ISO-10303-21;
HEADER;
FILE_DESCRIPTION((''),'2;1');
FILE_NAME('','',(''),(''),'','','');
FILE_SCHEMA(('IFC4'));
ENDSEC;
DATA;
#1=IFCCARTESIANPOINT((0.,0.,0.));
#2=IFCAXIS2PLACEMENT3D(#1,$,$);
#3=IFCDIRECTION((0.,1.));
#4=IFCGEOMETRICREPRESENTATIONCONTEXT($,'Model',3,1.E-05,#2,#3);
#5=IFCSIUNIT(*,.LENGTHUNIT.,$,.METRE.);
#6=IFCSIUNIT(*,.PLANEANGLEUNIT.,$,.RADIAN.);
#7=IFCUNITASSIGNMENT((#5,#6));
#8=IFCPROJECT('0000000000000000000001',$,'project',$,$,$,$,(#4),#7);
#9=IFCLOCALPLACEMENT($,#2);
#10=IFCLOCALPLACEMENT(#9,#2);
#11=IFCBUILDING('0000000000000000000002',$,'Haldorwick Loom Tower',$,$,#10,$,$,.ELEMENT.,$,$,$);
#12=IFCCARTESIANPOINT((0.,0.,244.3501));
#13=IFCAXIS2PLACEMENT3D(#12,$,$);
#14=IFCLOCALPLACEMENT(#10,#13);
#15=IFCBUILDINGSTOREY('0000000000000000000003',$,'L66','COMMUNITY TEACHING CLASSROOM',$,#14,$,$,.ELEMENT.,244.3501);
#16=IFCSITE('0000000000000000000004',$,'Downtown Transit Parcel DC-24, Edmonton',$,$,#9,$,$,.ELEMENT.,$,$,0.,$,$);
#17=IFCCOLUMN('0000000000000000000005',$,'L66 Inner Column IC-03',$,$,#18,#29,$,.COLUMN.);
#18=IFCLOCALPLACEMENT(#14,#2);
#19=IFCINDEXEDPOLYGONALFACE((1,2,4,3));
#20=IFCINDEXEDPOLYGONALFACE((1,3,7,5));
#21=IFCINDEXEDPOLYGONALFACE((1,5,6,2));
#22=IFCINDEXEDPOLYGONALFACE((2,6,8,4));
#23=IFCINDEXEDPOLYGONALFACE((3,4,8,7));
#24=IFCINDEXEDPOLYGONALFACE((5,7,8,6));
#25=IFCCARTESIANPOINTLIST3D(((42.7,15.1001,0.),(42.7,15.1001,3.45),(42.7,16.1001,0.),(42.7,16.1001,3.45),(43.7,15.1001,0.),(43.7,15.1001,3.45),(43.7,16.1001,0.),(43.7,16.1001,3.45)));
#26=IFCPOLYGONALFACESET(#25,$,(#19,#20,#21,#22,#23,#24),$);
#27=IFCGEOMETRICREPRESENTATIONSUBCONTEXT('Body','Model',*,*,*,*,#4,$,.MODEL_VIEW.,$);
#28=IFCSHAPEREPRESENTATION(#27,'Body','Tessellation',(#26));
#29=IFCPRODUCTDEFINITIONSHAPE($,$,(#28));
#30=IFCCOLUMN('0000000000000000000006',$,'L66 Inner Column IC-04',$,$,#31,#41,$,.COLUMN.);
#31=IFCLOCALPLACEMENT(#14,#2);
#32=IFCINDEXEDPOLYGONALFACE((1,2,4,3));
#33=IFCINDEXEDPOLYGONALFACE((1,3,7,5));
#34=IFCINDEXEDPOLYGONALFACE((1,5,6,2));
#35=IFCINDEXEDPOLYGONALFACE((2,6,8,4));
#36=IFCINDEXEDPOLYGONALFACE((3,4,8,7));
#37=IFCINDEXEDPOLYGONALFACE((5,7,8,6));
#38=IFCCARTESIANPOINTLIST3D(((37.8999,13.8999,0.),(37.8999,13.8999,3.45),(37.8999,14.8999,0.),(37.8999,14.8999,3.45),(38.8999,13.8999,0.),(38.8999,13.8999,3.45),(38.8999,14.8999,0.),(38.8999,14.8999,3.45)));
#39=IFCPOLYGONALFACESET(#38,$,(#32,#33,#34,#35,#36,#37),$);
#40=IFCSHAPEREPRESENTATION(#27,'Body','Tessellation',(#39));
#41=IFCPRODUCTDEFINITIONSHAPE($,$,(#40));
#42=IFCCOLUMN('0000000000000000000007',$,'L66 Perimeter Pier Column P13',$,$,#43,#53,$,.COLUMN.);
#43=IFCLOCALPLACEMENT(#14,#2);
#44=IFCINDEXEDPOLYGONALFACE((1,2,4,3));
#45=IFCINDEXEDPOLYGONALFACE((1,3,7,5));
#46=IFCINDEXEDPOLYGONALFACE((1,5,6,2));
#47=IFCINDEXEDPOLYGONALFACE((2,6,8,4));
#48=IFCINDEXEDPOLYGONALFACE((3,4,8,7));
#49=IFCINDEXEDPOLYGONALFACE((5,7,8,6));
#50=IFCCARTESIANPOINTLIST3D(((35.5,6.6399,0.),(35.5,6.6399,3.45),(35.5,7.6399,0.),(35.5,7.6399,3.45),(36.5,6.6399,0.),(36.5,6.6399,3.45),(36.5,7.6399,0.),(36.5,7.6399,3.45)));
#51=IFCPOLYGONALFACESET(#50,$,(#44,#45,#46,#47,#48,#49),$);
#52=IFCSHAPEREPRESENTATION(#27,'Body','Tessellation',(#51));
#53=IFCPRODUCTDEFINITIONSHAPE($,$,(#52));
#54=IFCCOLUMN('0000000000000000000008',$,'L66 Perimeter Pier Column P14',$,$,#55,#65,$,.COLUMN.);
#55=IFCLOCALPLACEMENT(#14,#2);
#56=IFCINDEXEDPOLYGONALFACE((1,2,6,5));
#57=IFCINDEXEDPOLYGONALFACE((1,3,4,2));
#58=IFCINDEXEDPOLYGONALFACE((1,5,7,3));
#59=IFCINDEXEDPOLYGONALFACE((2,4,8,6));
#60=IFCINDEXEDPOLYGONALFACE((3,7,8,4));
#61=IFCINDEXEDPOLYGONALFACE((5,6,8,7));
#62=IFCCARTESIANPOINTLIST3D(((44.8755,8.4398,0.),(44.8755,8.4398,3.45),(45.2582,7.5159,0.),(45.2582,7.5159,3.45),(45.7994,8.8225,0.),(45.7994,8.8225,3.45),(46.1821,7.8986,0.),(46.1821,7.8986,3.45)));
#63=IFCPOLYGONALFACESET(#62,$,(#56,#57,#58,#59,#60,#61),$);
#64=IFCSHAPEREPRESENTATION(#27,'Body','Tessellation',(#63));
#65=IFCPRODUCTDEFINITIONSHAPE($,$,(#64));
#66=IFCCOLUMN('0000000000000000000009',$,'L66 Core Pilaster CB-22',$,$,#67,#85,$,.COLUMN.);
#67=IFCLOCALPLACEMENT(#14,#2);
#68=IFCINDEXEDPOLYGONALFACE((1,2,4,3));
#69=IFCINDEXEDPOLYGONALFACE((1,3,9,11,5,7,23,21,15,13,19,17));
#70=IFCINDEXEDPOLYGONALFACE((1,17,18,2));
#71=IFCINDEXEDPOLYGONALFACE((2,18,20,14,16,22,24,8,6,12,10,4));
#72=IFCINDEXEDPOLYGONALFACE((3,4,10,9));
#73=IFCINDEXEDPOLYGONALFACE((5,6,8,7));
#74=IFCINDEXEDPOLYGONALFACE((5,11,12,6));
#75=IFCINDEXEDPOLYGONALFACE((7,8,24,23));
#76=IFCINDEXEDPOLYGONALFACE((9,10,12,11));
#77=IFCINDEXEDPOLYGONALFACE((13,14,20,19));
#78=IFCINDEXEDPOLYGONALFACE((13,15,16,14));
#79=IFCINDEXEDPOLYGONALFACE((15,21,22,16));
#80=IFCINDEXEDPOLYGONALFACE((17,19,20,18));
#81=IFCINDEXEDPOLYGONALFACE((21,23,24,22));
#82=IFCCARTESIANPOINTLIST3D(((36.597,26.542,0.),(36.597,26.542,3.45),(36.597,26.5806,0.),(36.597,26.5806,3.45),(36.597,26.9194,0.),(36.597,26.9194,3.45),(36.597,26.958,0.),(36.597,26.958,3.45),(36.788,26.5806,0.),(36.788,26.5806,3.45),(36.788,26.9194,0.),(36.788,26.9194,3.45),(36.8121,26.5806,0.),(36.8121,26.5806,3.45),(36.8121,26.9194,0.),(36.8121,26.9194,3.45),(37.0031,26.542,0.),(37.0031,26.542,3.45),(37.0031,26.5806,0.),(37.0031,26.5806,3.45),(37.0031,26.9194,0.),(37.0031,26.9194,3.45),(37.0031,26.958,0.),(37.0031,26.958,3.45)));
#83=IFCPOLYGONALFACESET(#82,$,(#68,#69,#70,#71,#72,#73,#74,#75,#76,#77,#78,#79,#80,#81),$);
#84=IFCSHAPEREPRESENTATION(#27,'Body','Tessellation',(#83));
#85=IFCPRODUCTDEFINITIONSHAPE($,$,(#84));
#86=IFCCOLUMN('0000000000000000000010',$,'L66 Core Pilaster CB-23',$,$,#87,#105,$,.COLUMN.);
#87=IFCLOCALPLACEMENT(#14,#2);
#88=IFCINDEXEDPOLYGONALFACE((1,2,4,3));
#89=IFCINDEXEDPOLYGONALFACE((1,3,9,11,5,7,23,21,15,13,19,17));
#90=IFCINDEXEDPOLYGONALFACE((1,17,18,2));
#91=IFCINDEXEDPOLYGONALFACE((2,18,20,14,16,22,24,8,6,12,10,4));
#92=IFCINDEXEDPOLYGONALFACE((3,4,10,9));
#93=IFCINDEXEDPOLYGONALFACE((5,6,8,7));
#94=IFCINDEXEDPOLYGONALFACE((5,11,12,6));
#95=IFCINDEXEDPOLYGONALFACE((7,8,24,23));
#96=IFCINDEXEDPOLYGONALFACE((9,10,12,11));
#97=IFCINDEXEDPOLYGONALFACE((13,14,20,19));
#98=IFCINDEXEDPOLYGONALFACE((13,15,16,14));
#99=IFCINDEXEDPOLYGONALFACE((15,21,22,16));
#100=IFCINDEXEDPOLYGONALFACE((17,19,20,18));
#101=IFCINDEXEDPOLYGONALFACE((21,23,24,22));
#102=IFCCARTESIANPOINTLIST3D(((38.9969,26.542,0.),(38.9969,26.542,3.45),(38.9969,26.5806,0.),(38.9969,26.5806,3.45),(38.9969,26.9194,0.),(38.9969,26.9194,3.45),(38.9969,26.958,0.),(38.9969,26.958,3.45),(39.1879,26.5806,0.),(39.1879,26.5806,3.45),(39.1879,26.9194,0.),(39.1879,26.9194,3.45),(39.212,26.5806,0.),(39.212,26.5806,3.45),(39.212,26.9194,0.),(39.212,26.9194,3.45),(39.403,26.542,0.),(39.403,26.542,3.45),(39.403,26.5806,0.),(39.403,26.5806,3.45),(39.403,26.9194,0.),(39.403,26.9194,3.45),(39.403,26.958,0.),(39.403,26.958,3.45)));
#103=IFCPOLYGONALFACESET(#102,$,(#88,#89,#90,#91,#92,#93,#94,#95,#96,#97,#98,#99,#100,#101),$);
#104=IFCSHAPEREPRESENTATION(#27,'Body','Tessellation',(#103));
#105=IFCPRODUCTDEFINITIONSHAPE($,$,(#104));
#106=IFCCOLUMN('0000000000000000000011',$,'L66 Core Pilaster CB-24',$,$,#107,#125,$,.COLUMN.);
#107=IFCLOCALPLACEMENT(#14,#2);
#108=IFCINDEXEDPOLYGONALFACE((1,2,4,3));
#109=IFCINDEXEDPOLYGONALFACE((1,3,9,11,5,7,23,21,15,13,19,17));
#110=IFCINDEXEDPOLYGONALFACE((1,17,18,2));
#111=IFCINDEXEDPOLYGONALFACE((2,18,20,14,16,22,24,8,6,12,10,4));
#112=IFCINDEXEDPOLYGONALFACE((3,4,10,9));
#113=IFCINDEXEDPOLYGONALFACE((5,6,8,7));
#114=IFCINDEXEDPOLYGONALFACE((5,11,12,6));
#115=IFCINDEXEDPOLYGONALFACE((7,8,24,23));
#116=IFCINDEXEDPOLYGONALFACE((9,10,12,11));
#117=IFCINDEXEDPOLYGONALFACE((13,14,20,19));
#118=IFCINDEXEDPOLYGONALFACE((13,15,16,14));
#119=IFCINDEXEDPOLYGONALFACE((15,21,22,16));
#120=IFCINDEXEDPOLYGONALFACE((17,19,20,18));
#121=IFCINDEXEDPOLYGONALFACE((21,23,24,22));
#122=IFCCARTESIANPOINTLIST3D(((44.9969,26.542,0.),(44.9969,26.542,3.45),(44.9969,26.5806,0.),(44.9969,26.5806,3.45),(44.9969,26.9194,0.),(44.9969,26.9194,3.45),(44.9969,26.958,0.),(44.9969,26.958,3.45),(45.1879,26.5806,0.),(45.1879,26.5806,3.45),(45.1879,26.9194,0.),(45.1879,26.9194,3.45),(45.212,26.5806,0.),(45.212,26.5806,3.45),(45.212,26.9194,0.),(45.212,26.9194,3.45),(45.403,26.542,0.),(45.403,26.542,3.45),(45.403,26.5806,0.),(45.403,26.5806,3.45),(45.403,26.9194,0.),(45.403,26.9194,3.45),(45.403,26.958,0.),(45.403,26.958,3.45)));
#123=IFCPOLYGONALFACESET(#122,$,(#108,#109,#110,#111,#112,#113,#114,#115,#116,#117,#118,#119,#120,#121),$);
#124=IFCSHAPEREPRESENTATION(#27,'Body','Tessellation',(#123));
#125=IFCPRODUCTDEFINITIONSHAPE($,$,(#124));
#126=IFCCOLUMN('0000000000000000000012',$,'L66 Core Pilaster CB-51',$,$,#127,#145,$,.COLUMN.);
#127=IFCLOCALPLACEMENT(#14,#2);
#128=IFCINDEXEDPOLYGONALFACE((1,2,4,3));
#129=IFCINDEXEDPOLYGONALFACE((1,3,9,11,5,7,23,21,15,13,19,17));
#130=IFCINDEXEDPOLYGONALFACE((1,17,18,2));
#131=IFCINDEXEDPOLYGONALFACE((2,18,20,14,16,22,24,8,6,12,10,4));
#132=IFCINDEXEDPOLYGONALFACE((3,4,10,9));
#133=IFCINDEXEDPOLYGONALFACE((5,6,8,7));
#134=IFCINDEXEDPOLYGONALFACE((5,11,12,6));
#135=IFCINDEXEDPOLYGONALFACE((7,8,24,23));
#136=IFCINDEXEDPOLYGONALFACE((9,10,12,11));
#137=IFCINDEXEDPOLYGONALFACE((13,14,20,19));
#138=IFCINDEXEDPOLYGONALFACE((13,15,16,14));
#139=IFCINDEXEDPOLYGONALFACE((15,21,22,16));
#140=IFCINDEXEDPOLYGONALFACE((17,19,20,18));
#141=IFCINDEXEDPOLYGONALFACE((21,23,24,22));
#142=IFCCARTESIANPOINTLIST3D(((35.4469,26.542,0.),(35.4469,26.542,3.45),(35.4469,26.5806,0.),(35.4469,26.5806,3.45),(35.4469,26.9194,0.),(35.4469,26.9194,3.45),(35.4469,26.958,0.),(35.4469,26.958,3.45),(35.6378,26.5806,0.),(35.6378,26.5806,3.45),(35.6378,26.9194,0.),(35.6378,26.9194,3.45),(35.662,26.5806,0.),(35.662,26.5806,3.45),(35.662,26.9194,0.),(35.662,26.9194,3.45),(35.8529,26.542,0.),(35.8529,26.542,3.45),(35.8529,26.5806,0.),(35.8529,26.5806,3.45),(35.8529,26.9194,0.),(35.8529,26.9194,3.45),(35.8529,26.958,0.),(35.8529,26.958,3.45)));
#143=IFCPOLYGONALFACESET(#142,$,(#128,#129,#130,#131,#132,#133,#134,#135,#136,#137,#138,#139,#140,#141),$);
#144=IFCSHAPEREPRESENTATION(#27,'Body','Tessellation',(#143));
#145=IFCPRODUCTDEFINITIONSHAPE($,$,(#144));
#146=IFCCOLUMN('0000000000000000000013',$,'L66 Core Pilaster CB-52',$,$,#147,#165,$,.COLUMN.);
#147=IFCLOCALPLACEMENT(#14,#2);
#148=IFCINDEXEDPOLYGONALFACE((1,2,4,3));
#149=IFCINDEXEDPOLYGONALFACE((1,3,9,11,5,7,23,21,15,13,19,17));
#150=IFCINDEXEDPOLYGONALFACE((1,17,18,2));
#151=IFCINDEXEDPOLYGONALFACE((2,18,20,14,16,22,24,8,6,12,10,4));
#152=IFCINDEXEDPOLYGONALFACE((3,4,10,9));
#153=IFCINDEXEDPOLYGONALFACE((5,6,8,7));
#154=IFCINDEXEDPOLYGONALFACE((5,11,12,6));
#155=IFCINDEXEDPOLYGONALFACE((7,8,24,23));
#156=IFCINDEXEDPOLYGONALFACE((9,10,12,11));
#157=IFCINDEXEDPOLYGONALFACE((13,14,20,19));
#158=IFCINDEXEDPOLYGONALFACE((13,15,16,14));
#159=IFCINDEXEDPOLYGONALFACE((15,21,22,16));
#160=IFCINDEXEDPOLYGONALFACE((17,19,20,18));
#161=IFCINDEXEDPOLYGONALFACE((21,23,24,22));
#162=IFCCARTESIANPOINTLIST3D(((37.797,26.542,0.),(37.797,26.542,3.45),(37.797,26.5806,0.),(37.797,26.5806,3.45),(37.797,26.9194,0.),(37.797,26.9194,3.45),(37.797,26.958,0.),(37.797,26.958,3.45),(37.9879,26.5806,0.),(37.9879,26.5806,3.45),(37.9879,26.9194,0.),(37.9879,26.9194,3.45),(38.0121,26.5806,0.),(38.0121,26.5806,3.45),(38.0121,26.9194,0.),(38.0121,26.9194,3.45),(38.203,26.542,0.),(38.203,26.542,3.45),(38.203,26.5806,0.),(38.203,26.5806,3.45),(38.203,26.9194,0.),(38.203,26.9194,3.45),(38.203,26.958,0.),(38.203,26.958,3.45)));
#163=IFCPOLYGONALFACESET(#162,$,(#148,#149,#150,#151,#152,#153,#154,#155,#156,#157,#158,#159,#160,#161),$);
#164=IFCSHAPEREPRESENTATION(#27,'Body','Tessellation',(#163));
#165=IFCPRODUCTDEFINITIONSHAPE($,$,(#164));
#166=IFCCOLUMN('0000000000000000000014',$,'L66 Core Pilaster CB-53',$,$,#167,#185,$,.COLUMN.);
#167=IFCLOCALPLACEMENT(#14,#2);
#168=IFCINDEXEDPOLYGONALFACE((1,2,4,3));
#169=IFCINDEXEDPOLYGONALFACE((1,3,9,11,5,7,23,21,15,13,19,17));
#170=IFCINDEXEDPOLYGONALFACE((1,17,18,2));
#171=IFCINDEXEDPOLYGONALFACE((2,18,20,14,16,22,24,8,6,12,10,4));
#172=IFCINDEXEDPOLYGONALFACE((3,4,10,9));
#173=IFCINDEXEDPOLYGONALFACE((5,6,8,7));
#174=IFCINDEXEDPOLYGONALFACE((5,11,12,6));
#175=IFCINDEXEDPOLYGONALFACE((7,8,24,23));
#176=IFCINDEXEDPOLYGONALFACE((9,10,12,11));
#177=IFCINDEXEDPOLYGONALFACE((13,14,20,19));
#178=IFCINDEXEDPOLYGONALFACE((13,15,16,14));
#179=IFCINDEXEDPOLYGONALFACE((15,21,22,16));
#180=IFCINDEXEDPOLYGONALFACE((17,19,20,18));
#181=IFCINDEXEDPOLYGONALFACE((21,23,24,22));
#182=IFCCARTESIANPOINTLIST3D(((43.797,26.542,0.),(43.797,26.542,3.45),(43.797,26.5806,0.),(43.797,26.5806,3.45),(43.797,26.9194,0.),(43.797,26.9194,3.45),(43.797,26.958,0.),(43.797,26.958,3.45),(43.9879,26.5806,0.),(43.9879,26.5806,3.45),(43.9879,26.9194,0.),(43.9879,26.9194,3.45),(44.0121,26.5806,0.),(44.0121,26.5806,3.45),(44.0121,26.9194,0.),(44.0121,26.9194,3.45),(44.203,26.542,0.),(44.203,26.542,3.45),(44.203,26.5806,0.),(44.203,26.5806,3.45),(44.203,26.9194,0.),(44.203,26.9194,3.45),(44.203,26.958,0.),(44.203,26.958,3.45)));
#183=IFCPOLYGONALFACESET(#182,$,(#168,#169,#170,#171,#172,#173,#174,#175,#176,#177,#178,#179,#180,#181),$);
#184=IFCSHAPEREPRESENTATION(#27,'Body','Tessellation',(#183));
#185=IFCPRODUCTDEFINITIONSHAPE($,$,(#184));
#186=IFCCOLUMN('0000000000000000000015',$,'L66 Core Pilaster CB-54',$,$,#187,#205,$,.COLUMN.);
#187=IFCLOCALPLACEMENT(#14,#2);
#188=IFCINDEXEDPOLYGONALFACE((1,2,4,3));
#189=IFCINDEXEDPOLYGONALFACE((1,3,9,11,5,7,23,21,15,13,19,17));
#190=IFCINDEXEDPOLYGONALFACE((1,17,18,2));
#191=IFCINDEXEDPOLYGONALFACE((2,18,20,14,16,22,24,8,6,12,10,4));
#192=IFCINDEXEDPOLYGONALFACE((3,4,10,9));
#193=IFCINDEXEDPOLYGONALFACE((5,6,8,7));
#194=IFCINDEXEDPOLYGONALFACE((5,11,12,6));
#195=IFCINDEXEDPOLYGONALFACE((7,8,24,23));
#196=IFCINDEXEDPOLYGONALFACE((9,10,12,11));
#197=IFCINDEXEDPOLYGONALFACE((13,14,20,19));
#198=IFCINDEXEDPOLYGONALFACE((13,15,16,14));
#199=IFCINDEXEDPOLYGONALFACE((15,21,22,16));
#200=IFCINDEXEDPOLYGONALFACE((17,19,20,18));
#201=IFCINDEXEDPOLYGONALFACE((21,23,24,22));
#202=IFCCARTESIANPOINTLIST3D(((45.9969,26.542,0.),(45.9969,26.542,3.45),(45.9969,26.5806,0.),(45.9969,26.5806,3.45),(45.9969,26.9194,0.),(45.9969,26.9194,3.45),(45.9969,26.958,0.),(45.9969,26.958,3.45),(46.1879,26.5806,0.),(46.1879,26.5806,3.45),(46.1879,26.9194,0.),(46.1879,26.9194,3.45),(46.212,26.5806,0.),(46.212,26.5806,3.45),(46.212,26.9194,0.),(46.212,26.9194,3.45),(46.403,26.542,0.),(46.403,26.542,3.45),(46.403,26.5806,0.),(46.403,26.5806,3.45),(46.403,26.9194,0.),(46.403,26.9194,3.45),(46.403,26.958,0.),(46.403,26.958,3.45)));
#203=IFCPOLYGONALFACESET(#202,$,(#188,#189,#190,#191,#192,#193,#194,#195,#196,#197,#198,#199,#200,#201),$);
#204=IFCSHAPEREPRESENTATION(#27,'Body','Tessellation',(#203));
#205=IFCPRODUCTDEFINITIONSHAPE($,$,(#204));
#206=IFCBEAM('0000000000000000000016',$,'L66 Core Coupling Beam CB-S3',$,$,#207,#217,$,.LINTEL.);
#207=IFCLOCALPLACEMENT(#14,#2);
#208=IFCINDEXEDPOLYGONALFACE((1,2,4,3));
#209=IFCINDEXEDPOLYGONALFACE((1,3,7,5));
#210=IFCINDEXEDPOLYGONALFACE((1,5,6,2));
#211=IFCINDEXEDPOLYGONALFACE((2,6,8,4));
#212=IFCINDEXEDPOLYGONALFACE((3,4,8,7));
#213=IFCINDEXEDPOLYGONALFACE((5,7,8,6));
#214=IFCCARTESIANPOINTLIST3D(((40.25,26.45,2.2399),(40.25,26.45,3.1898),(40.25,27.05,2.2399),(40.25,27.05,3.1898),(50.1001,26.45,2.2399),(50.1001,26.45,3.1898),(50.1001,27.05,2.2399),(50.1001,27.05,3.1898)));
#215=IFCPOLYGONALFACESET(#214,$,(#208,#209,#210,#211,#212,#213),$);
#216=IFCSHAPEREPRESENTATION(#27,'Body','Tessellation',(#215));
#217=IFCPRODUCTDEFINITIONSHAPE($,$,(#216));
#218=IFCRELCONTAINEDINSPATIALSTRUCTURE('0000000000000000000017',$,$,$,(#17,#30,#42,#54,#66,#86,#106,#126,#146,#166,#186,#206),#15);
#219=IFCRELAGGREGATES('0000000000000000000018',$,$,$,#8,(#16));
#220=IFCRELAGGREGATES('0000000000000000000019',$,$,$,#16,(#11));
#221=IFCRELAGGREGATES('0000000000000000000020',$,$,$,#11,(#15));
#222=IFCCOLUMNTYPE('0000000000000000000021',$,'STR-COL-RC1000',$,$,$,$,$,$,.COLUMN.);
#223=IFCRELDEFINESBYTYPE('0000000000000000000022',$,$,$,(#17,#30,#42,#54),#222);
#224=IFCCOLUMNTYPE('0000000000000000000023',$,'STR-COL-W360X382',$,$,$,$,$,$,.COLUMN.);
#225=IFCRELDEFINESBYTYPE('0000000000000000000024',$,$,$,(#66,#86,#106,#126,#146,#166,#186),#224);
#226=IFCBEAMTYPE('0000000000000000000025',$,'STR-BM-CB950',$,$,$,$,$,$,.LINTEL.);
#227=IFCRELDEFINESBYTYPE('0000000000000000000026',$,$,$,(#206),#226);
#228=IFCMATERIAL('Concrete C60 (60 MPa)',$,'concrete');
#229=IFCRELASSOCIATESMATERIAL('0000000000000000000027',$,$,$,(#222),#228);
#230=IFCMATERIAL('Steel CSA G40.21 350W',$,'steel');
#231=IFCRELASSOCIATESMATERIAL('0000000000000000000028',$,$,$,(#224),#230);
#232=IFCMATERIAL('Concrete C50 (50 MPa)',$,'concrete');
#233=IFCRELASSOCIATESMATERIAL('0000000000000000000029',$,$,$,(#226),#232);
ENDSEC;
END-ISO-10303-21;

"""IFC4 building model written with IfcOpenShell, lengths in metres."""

from ifc_helpers import new_model, si_unit, direction, frame, origin, origin_2d, place, context, subcontext, project, spatial, rectangle, i_section, extrude, material, material_profile, profile_set, type_object, element, save


model = new_model("IFC4")

# Units and contexts
model_context = context("Model", 3, precision=1e-05, world=origin(), true_north=direction((0.0, 1.0)))
body_context = subcontext(model_context, "Body", "Model", "MODEL_VIEW")
ifc_project = project(units=[si_unit("LENGTHUNIT", "METRE"), si_unit("PLANEANGLEUNIT", "RADIAN")], contexts=[model_context])

# Site, building, storey
site_placement = place(None, origin())
site = spatial("IfcSite", under=ifc_project, at=site_placement, Name="Downtown Transit Parcel DC-24, Edmonton", CompositionType="ELEMENT", RefElevation=0.0)
building_placement = place(site_placement, origin())
building = spatial("IfcBuilding", under=site, at=building_placement, Name="Haldorwick Loom Tower", CompositionType="ELEMENT")
storey_placement = place(building_placement, frame((0.0, 0.0, 244.3501)))
storey = spatial("IfcBuildingStorey", under=building, at=storey_placement, Name="L66", Description="COMMUNITY TEACHING CLASSROOM", CompositionType="ELEMENT", Elevation=244.3501)

# Columns
ifc_material_1 = material(Name="Concrete C60 (60 MPa)", Category="concrete")
ifc_material_profile_1 = material_profile(ifc_material_1, rectangle(XDim=1.0, YDim=1.0, at=origin_2d()), Name="RC1000X1000", Category="concrete")
ifc_profile_set_1 = profile_set([ifc_material_profile_1], Name="Concrete C60 (60 MPa)")
column_type_1 = type_object("IfcColumnType", Name="STR-COL-RC1000", PredefinedType="COLUMN", material=ifc_profile_set_1)
for number, where, z_axis, x_axis, name in (
    (1, (43.2, 15.6001, 0.0), (0.0, 0.0, 1.0), (1.0, 0.0, 0.0), "L66 Inner Column IC-03"),
    (2, (38.3999, 14.3999, 0.0), (0.0, 0.0, 1.0), (1.0, 0.0, 0.0), "L66 Inner Column IC-04"),
    (3, (36.0, 7.1399, 0.0), (0.0, 0.0, 1.0), (0.0, -1.0, 0.0), "L66 Perimeter Pier Column P13"),
    (4, (45.5288, 8.1692, 0.0), (0.0, 0.0, 1.0), (0.382683, -0.92388, 0.0), "L66 Perimeter Pier Column P14"),
):
    element("IfcColumn", number, at=place(storey_placement, frame(where, z_axis=z_axis, x_axis=x_axis)), inside=storey, type_object=column_type_1, Name=name, PredefinedType="COLUMN", context=body_context, shape_type="SweptSolid", body=[
        extrude(rectangle(XDim=1.0, YDim=1.0, at=origin_2d()), origin(), (0.0, 0.0, 1.0), 3.45),
    ])
ifc_material_2 = material(Name="Steel CSA G40.21 350W", Category="steel")
ifc_material_profile_2 = material_profile(ifc_material_2, i_section(OverallWidth=0.406, OverallDepth=0.416, WebThickness=0.0242, FlangeThickness=0.0386, at=origin_2d()), Name="W360X382", Category="steel")
ifc_profile_set_2 = profile_set([ifc_material_profile_2], Name="Steel CSA G40.21 350W")
column_type_2 = type_object("IfcColumnType", Name="STR-COL-W360X382", PredefinedType="COLUMN", material=ifc_profile_set_2)
for number, where, z_axis, x_axis, name in (
    (5, (36.8, 26.75, 0.0), (0.0, 0.0, 1.0), (1.0, 0.0, 0.0), "L66 Core Pilaster CB-22"),
    (6, (39.2, 26.75, 0.0), (0.0, 0.0, 1.0), (1.0, 0.0, 0.0), "L66 Core Pilaster CB-23"),
    (7, (45.2, 26.75, 0.0), (0.0, 0.0, 1.0), (1.0, 0.0, 0.0), "L66 Core Pilaster CB-24"),
    (8, (35.6499, 26.75, 0.0), (0.0, 0.0, 1.0), (1.0, 0.0, 0.0), "L66 Core Pilaster CB-51"),
    (9, (38.0, 26.75, 0.0), (0.0, 0.0, 1.0), (1.0, 0.0, 0.0), "L66 Core Pilaster CB-52"),
    (10, (44.0, 26.75, 0.0), (0.0, 0.0, 1.0), (1.0, 0.0, 0.0), "L66 Core Pilaster CB-53"),
    (11, (46.2, 26.75, 0.0), (0.0, 0.0, 1.0), (1.0, 0.0, 0.0), "L66 Core Pilaster CB-54"),
):
    element("IfcColumn", number, at=place(storey_placement, frame(where, z_axis=z_axis, x_axis=x_axis)), inside=storey, type_object=column_type_2, Name=name, PredefinedType="COLUMN", context=body_context, shape_type="SweptSolid", body=[
        extrude(i_section(OverallWidth=0.406, OverallDepth=0.416, WebThickness=0.0242, FlangeThickness=0.0386, at=origin_2d()), origin(), (0.0, 0.0, 1.0), 3.45),
    ])

# Beam
ifc_material_3 = material(Name="Concrete C50 (50 MPa)", Category="concrete")
ifc_material_profile_3 = material_profile(ifc_material_3, rectangle(XDim=0.6001, YDim=0.95, at=origin_2d()), Name="RC600X950", Category="concrete")
ifc_profile_set_3 = profile_set([ifc_material_profile_3], Name="Concrete C50 (50 MPa)")
beam_type_1 = type_object("IfcBeamType", Name="STR-BM-CB950", PredefinedType="LINTEL", material=ifc_profile_set_3)
beam_1_placement = place(storey_placement, frame((40.25, 26.75, 2.7148), z_axis=(1.0, 0.0, 0.0), x_axis=(0.0, 1.0, 0.0)))
element("IfcBeam", 12, at=beam_1_placement, inside=storey, type_object=beam_type_1, Name="L66 Core Coupling Beam CB-S3", PredefinedType="LINTEL", context=body_context, shape_type="SweptSolid", body=[
    extrude(rectangle(XDim=0.6001, YDim=0.95, at=origin_2d()), origin(), (0.0, 0.0, 1.0), 9.8501),
])

save(model, "model.ifc")
